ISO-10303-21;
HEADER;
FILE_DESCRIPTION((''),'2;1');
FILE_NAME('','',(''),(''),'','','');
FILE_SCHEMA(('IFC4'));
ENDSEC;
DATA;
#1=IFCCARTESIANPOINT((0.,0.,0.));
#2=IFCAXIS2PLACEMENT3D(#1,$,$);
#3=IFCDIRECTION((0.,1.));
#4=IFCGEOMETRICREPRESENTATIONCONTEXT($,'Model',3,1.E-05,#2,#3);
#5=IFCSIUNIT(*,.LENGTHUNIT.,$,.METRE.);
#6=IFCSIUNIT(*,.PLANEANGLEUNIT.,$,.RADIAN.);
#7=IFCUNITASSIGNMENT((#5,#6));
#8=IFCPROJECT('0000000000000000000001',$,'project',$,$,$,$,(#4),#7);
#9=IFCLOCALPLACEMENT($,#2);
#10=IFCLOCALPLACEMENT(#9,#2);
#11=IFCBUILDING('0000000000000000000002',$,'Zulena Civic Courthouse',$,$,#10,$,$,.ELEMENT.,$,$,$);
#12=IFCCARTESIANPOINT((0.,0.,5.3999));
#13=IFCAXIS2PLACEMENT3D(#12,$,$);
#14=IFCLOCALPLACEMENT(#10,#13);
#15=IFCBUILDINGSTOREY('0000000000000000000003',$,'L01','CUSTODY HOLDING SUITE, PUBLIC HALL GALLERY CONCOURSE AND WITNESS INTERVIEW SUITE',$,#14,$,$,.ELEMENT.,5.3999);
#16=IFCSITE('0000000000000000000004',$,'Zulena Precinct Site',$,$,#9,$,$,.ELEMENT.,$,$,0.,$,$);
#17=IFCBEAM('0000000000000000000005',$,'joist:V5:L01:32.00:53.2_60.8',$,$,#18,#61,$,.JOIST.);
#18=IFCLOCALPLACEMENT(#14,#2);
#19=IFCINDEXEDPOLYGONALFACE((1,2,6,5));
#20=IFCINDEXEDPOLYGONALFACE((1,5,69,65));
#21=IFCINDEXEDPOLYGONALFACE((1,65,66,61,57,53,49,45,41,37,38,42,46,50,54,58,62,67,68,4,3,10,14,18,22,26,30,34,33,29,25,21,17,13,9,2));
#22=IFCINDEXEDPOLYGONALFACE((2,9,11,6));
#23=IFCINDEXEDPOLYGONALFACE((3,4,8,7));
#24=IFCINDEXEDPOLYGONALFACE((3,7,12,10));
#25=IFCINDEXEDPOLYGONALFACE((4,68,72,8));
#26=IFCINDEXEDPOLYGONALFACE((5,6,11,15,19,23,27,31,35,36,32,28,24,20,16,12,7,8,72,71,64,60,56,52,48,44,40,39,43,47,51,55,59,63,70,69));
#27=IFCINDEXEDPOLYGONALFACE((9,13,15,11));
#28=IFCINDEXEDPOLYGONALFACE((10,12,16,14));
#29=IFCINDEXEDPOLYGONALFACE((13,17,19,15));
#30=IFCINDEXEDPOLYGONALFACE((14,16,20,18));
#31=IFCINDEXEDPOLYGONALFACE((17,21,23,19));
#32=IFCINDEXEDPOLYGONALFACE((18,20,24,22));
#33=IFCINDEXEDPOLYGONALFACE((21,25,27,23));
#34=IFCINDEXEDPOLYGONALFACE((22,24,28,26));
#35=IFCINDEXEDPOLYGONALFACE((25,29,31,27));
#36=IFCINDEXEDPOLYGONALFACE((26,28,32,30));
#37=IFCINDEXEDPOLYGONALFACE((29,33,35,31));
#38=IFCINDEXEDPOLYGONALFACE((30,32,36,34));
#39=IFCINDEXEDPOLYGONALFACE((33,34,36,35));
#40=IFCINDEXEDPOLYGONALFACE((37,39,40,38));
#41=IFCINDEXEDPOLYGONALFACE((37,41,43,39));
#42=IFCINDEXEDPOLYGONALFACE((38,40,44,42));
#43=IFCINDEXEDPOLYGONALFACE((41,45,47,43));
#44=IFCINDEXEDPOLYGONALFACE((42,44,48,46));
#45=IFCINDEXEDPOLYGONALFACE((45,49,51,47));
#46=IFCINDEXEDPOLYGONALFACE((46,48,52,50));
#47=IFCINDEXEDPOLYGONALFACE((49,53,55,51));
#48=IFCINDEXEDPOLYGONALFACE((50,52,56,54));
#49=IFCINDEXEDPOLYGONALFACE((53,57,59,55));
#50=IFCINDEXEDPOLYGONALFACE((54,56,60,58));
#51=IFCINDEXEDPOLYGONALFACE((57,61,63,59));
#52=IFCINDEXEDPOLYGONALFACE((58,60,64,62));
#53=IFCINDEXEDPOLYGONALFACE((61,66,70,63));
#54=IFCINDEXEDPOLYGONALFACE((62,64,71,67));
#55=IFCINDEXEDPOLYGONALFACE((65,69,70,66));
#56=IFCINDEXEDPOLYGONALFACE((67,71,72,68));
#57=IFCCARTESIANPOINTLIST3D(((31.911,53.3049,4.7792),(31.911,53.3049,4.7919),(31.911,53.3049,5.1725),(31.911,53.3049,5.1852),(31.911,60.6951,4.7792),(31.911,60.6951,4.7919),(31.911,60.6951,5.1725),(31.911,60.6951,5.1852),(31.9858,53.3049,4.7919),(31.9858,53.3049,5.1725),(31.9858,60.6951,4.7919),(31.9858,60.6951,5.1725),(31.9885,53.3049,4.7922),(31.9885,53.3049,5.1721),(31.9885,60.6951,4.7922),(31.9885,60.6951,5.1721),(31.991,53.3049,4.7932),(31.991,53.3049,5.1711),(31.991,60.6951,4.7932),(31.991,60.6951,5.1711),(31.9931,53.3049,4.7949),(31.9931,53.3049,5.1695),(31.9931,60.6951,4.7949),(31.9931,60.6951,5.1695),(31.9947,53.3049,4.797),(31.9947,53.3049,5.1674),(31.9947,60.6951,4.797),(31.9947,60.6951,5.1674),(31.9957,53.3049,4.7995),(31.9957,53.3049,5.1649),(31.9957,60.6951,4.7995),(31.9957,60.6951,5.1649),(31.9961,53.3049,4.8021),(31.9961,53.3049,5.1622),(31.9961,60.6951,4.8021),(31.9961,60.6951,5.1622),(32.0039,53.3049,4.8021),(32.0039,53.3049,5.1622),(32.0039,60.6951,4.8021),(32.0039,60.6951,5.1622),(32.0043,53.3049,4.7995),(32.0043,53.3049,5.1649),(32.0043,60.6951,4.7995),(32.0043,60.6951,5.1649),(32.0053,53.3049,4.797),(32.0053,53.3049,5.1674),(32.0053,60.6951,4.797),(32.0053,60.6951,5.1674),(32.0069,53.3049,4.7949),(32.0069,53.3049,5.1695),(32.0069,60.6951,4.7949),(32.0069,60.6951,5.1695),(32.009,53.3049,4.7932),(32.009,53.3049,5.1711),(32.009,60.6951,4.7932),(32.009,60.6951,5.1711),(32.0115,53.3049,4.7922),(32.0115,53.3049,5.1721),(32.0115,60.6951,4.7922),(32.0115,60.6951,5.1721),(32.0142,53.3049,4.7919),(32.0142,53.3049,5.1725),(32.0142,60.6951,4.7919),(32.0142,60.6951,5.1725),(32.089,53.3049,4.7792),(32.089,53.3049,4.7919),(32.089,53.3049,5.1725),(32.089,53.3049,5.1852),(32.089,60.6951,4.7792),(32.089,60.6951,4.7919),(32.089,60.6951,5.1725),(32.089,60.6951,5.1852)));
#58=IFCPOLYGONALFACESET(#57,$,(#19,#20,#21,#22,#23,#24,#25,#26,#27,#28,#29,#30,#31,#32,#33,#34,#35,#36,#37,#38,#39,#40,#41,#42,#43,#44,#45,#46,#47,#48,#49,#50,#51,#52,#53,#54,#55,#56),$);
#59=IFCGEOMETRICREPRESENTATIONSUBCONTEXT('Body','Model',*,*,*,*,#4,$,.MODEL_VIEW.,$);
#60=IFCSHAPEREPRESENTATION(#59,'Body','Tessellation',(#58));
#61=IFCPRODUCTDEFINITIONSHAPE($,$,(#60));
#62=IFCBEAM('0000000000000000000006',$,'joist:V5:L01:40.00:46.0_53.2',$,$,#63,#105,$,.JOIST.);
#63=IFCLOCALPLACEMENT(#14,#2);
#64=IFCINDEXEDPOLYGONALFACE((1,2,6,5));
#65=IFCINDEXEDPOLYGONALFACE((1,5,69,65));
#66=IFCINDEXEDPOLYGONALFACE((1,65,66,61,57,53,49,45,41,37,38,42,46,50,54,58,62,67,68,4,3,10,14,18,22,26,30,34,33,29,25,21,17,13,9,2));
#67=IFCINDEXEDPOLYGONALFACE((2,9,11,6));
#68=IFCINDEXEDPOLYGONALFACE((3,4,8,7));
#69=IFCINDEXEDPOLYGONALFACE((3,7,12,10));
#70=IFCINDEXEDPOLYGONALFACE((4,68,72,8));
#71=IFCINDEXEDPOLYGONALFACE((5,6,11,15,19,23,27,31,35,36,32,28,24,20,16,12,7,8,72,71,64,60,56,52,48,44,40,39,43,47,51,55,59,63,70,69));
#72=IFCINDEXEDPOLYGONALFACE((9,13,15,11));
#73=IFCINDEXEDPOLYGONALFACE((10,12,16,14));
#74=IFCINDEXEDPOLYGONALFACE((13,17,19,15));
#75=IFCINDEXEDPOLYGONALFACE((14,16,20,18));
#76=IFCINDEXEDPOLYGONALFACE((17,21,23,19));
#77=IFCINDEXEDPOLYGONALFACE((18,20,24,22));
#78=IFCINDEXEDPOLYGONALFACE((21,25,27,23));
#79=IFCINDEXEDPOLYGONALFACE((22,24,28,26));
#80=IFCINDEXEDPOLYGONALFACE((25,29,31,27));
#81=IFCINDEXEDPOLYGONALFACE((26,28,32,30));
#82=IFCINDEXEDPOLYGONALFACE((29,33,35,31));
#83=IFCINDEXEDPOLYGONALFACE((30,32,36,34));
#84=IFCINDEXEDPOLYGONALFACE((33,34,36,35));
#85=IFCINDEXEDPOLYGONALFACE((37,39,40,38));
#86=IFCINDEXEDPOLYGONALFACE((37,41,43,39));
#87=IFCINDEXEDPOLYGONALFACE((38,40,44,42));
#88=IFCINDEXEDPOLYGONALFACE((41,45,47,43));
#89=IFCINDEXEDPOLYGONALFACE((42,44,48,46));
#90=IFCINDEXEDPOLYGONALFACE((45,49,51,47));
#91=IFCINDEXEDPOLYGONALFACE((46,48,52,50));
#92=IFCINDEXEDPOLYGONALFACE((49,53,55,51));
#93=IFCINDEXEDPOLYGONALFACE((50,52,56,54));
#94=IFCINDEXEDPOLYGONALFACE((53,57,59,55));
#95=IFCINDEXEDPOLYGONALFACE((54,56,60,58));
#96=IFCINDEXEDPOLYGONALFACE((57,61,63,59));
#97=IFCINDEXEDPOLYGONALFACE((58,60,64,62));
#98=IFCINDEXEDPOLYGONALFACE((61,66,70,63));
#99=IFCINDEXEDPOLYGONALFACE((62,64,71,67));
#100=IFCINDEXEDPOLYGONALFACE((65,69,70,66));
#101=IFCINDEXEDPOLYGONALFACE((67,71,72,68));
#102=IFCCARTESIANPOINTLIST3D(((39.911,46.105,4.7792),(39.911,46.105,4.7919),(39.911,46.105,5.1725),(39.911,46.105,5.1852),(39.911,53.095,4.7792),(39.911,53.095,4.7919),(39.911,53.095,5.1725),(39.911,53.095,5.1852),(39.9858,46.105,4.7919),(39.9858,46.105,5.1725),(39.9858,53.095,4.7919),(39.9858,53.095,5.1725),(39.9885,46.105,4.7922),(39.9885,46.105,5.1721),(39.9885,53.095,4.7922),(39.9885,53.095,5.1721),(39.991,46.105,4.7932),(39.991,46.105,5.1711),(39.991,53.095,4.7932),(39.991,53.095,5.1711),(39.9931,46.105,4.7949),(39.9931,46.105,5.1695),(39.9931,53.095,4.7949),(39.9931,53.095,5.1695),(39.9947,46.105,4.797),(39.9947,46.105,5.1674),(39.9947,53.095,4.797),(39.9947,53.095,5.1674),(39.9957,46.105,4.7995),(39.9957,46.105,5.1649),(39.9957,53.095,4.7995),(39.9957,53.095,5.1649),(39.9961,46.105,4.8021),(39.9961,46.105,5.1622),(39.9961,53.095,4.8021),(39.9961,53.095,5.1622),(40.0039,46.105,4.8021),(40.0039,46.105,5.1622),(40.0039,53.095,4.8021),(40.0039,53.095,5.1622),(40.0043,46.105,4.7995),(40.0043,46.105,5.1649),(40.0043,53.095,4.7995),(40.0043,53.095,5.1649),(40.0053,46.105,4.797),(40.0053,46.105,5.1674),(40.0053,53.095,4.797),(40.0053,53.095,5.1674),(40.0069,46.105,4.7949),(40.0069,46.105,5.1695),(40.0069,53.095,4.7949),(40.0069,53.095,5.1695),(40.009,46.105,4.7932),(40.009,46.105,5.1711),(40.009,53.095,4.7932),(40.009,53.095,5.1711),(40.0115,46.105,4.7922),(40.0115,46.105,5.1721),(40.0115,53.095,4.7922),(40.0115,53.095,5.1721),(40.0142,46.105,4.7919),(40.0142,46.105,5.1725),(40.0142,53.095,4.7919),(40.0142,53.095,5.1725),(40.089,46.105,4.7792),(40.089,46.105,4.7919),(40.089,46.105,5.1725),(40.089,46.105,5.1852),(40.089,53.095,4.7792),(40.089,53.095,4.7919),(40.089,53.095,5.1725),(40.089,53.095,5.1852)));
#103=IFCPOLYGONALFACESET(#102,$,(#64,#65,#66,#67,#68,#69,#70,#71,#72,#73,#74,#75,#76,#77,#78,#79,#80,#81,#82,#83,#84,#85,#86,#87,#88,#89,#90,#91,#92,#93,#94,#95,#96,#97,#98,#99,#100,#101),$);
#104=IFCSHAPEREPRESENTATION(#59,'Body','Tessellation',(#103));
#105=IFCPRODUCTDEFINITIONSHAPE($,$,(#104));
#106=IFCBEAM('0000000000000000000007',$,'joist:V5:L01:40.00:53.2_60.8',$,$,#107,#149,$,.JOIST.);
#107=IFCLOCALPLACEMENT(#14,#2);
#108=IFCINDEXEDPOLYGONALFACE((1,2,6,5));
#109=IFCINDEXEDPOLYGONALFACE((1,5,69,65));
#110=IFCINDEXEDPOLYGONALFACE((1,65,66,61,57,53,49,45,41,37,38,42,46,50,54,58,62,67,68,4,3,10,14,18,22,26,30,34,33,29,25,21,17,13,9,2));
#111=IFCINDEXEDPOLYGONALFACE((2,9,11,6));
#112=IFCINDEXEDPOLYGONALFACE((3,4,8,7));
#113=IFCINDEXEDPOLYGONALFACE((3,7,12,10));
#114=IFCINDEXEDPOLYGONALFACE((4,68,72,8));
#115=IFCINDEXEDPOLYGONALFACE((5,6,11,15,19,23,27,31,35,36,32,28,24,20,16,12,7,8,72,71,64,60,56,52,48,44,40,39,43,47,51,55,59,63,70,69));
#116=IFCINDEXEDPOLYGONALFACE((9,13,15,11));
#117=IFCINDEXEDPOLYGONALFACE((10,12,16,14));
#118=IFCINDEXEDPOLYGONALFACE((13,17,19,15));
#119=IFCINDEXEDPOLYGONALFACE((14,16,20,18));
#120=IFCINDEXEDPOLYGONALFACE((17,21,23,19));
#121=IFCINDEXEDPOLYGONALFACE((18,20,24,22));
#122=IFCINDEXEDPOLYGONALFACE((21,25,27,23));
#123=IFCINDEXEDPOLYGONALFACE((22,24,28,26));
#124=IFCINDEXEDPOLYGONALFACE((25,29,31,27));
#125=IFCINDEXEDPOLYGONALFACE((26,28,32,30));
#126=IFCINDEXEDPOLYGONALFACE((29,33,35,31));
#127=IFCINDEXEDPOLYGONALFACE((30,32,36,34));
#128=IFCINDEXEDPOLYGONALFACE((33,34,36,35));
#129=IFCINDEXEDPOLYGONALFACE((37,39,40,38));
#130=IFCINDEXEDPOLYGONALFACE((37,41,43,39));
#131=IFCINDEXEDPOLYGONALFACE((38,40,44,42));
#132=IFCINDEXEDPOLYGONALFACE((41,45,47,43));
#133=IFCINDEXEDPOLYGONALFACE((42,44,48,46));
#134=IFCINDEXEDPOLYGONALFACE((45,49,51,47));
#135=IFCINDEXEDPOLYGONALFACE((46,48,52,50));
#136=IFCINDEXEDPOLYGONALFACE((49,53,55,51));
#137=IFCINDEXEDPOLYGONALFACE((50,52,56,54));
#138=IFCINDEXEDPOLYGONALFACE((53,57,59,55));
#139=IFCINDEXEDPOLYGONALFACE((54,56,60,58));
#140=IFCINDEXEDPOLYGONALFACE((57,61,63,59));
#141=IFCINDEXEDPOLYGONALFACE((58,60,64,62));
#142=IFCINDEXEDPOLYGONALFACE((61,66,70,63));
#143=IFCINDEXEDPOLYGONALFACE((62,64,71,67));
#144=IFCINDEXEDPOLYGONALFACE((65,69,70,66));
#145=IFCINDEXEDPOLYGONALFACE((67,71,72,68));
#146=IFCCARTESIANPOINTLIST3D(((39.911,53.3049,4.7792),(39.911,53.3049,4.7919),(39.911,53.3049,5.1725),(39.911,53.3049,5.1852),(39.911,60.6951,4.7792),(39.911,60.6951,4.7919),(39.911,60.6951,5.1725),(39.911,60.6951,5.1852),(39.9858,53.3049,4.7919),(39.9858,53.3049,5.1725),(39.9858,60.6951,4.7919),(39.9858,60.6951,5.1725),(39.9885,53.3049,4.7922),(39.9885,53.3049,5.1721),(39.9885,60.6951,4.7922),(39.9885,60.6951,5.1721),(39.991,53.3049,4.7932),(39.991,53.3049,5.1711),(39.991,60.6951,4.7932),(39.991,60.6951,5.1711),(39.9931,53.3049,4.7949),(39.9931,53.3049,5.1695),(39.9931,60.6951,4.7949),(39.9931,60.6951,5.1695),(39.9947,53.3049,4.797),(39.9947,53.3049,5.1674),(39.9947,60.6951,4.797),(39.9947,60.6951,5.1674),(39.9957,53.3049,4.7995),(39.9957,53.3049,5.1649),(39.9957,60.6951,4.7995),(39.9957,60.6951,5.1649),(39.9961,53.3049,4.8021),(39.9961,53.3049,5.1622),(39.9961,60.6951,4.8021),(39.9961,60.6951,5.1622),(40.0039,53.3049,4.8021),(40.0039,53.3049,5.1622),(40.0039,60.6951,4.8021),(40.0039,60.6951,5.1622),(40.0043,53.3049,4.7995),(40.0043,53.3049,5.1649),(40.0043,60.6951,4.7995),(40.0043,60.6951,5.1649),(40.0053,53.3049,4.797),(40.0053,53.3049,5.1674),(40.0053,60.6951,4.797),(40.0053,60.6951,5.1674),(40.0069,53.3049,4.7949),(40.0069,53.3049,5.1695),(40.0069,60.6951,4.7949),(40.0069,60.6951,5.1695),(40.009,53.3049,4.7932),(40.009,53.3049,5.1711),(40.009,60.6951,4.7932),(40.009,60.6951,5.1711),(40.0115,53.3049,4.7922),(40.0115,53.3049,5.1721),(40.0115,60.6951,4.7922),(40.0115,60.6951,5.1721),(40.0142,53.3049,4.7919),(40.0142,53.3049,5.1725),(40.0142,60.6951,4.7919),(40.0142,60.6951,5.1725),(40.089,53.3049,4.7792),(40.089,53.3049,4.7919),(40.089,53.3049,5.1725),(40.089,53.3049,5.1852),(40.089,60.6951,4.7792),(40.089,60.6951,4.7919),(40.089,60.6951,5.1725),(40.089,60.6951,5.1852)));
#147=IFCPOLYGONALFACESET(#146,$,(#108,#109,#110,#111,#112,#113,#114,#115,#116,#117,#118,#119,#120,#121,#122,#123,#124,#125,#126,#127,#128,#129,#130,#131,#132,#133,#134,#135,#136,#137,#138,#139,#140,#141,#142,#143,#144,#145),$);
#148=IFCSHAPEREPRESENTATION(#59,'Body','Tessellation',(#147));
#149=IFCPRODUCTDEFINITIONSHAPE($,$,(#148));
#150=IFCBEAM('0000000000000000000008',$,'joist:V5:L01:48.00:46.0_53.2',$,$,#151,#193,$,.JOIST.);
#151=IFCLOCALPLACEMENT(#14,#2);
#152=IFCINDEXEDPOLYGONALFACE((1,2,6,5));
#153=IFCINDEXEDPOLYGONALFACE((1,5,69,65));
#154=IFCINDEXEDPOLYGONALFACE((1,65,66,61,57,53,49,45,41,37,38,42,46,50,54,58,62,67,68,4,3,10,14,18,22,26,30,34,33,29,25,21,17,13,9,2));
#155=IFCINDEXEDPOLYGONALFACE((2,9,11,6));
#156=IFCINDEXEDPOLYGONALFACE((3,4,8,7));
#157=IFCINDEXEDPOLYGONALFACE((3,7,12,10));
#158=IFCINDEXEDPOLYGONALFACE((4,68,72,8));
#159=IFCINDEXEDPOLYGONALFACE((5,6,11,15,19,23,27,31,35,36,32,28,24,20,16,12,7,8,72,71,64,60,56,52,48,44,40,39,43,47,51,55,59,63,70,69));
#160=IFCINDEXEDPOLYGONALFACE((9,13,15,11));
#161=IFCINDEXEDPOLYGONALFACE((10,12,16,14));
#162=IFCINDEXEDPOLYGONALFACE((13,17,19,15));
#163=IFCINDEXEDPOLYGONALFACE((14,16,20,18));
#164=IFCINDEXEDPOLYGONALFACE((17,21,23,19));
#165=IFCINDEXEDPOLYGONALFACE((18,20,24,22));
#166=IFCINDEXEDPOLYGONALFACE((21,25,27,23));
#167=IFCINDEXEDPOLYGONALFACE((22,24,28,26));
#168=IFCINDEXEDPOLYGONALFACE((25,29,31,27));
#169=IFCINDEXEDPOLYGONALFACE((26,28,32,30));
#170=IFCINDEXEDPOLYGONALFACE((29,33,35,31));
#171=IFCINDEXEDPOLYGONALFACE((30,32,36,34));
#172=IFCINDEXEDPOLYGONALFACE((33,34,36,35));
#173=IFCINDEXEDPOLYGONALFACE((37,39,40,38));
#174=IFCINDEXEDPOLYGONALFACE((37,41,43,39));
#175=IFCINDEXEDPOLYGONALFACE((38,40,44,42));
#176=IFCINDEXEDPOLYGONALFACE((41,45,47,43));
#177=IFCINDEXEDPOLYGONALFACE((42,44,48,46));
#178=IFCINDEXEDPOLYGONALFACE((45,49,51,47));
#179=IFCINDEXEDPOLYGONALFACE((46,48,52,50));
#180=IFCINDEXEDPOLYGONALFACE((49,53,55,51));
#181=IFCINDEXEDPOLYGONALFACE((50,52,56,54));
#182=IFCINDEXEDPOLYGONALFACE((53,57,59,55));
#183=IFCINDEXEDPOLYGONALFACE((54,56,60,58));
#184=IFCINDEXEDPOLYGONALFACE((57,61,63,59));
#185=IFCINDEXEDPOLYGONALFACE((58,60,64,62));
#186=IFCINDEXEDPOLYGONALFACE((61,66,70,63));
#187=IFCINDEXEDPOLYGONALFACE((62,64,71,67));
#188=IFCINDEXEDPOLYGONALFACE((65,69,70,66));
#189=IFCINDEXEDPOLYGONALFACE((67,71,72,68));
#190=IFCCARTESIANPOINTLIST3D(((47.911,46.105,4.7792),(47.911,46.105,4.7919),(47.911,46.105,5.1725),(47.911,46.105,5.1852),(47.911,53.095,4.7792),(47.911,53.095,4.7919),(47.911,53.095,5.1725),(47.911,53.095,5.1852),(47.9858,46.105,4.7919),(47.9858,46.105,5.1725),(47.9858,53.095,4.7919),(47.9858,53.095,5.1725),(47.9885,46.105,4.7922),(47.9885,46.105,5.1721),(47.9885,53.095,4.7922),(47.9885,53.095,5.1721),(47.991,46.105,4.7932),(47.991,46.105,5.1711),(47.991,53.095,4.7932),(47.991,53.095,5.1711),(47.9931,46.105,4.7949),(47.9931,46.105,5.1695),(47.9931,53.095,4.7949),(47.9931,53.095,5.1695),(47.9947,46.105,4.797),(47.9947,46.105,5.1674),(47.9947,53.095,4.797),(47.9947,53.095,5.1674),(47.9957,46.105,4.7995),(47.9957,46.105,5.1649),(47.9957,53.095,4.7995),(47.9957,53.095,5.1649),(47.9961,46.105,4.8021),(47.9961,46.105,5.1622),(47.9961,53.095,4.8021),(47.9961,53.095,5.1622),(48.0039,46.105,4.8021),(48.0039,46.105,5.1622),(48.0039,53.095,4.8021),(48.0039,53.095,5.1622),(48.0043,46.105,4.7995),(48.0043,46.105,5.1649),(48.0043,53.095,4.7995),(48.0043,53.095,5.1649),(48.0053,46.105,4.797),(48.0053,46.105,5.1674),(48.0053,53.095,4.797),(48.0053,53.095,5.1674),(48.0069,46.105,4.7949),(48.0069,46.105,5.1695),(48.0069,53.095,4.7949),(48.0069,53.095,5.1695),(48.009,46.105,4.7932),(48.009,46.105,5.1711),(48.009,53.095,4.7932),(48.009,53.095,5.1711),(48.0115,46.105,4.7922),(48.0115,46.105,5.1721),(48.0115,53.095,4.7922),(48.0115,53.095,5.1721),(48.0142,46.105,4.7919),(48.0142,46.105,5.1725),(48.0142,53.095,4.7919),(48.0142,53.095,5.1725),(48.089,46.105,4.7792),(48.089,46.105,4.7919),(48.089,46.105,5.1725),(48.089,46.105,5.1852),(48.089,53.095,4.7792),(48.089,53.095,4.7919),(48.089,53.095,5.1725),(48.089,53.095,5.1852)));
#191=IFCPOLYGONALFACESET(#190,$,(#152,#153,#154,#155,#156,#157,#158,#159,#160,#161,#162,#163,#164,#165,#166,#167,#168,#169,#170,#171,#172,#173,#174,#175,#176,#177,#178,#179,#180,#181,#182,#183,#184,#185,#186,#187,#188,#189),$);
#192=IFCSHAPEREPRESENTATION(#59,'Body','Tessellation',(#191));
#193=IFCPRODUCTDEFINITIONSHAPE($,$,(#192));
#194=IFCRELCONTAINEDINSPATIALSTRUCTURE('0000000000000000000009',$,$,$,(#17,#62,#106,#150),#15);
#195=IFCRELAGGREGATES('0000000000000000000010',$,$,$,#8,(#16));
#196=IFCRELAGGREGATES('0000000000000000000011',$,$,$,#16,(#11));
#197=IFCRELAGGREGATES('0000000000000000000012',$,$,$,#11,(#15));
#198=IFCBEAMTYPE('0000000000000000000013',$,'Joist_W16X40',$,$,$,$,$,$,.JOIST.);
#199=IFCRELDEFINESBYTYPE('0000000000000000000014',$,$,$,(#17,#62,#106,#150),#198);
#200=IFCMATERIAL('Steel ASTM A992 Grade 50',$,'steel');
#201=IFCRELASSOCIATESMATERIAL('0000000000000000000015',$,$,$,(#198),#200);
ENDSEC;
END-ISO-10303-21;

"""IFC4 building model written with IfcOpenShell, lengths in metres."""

from ifc_helpers import new_model, si_unit, direction, frame, origin, origin_2d, place, context, subcontext, project, spatial, i_section, extrude, material, material_profile, profile_set, type_object, element, save


model = new_model("IFC4")

# Units and contexts
model_context = context("Model", 3, precision=1e-05, world=origin(), true_north=direction((0.0, 1.0)))
body_context = subcontext(model_context, "Body", "Model", "MODEL_VIEW")
ifc_project = project(units=[si_unit("LENGTHUNIT", "METRE"), si_unit("PLANEANGLEUNIT", "RADIAN")], contexts=[model_context])

# Site, building, storey
site_placement = place(None, origin())
site = spatial("IfcSite", under=ifc_project, at=site_placement, Name="Zulena Precinct Site", CompositionType="ELEMENT", RefElevation=0.0)
building_placement = place(site_placement, origin())
building = spatial("IfcBuilding", under=site, at=building_placement, Name="Zulena Civic Courthouse", CompositionType="ELEMENT")
storey_placement = place(building_placement, frame((0.0, 0.0, 5.3999)))
storey = spatial("IfcBuildingStorey", under=building, at=storey_placement, Name="L01", Description="CUSTODY HOLDING SUITE, PUBLIC HALL GALLERY CONCOURSE AND WITNESS INTERVIEW SUITE", CompositionType="ELEMENT", Elevation=5.3999)

# Shared definitions
ifc_material_1 = material(Name="Steel ASTM A992 Grade 50", Category="steel")

# Beams
ifc_material_profile_1 = material_profile(ifc_material_1, i_section(OverallWidth=0.178, OverallDepth=0.406, WebThickness=0.0078, FlangeThickness=0.0127, FilletRadius=0.0103, at=origin_2d()), Name="W16X40")
ifc_profile_set_1 = profile_set([ifc_material_profile_1], Name="Steel ASTM A992 Grade 50")
beam_type_1 = type_object("IfcBeamType", Name="Joist_W16X40", PredefinedType="JOIST", material=ifc_profile_set_1)
beam_1_placement = place(storey_placement, frame((32.0, 53.3049, 4.9822), z_axis=(0.0, 1.0, 0.0), x_axis=(-1.0, 0.0, 0.0)))
element("IfcBeam", 1, at=beam_1_placement, inside=storey, type_object=beam_type_1, Name="joist:V5:L01:32.00:53.2_60.8", PredefinedType="JOIST", context=body_context, shape_type="SweptSolid", body=[
    extrude(i_section(OverallWidth=0.178, OverallDepth=0.406, WebThickness=0.0078, FlangeThickness=0.0127, FilletRadius=0.0103, at=origin_2d()), origin(), (0.0, 0.0, 1.0), 7.3901),
])
beam_2_placement = place(storey_placement, frame((40.0, 46.105, 4.9822), z_axis=(0.0, 1.0, 0.0), x_axis=(-1.0, 0.0, 0.0)))
element("IfcBeam", 2, at=beam_2_placement, inside=storey, type_object=beam_type_1, Name="joist:V5:L01:40.00:46.0_53.2", PredefinedType="JOIST", context=body_context, shape_type="SweptSolid", body=[
    extrude(i_section(OverallWidth=0.178, OverallDepth=0.406, WebThickness=0.0078, FlangeThickness=0.0127, FilletRadius=0.0103, at=origin_2d()), origin(), (0.0, 0.0, 1.0), 6.99),
])
beam_3_placement = place(storey_placement, frame((40.0, 53.3049, 4.9822), z_axis=(0.0, 1.0, 0.0), x_axis=(-1.0, 0.0, 0.0)))
element("IfcBeam", 3, at=beam_3_placement, inside=storey, type_object=beam_type_1, Name="joist:V5:L01:40.00:53.2_60.8", PredefinedType="JOIST", context=body_context, shape_type="SweptSolid", body=[
    extrude(i_section(OverallWidth=0.178, OverallDepth=0.406, WebThickness=0.0078, FlangeThickness=0.0127, FilletRadius=0.0103, at=origin_2d()), origin(), (0.0, 0.0, 1.0), 7.3901),
])
beam_4_placement = place(storey_placement, frame((48.0, 46.105, 4.9822), z_axis=(0.0, 1.0, 0.0), x_axis=(-1.0, 0.0, 0.0)))
element("IfcBeam", 4, at=beam_4_placement, inside=storey, type_object=beam_type_1, Name="joist:V5:L01:48.00:46.0_53.2", PredefinedType="JOIST", context=body_context, shape_type="SweptSolid", body=[
    extrude(i_section(OverallWidth=0.178, OverallDepth=0.406, WebThickness=0.0078, FlangeThickness=0.0127, FilletRadius=0.0103, at=origin_2d()), origin(), (0.0, 0.0, 1.0), 6.99),
])

save(model, "model.ifc")
